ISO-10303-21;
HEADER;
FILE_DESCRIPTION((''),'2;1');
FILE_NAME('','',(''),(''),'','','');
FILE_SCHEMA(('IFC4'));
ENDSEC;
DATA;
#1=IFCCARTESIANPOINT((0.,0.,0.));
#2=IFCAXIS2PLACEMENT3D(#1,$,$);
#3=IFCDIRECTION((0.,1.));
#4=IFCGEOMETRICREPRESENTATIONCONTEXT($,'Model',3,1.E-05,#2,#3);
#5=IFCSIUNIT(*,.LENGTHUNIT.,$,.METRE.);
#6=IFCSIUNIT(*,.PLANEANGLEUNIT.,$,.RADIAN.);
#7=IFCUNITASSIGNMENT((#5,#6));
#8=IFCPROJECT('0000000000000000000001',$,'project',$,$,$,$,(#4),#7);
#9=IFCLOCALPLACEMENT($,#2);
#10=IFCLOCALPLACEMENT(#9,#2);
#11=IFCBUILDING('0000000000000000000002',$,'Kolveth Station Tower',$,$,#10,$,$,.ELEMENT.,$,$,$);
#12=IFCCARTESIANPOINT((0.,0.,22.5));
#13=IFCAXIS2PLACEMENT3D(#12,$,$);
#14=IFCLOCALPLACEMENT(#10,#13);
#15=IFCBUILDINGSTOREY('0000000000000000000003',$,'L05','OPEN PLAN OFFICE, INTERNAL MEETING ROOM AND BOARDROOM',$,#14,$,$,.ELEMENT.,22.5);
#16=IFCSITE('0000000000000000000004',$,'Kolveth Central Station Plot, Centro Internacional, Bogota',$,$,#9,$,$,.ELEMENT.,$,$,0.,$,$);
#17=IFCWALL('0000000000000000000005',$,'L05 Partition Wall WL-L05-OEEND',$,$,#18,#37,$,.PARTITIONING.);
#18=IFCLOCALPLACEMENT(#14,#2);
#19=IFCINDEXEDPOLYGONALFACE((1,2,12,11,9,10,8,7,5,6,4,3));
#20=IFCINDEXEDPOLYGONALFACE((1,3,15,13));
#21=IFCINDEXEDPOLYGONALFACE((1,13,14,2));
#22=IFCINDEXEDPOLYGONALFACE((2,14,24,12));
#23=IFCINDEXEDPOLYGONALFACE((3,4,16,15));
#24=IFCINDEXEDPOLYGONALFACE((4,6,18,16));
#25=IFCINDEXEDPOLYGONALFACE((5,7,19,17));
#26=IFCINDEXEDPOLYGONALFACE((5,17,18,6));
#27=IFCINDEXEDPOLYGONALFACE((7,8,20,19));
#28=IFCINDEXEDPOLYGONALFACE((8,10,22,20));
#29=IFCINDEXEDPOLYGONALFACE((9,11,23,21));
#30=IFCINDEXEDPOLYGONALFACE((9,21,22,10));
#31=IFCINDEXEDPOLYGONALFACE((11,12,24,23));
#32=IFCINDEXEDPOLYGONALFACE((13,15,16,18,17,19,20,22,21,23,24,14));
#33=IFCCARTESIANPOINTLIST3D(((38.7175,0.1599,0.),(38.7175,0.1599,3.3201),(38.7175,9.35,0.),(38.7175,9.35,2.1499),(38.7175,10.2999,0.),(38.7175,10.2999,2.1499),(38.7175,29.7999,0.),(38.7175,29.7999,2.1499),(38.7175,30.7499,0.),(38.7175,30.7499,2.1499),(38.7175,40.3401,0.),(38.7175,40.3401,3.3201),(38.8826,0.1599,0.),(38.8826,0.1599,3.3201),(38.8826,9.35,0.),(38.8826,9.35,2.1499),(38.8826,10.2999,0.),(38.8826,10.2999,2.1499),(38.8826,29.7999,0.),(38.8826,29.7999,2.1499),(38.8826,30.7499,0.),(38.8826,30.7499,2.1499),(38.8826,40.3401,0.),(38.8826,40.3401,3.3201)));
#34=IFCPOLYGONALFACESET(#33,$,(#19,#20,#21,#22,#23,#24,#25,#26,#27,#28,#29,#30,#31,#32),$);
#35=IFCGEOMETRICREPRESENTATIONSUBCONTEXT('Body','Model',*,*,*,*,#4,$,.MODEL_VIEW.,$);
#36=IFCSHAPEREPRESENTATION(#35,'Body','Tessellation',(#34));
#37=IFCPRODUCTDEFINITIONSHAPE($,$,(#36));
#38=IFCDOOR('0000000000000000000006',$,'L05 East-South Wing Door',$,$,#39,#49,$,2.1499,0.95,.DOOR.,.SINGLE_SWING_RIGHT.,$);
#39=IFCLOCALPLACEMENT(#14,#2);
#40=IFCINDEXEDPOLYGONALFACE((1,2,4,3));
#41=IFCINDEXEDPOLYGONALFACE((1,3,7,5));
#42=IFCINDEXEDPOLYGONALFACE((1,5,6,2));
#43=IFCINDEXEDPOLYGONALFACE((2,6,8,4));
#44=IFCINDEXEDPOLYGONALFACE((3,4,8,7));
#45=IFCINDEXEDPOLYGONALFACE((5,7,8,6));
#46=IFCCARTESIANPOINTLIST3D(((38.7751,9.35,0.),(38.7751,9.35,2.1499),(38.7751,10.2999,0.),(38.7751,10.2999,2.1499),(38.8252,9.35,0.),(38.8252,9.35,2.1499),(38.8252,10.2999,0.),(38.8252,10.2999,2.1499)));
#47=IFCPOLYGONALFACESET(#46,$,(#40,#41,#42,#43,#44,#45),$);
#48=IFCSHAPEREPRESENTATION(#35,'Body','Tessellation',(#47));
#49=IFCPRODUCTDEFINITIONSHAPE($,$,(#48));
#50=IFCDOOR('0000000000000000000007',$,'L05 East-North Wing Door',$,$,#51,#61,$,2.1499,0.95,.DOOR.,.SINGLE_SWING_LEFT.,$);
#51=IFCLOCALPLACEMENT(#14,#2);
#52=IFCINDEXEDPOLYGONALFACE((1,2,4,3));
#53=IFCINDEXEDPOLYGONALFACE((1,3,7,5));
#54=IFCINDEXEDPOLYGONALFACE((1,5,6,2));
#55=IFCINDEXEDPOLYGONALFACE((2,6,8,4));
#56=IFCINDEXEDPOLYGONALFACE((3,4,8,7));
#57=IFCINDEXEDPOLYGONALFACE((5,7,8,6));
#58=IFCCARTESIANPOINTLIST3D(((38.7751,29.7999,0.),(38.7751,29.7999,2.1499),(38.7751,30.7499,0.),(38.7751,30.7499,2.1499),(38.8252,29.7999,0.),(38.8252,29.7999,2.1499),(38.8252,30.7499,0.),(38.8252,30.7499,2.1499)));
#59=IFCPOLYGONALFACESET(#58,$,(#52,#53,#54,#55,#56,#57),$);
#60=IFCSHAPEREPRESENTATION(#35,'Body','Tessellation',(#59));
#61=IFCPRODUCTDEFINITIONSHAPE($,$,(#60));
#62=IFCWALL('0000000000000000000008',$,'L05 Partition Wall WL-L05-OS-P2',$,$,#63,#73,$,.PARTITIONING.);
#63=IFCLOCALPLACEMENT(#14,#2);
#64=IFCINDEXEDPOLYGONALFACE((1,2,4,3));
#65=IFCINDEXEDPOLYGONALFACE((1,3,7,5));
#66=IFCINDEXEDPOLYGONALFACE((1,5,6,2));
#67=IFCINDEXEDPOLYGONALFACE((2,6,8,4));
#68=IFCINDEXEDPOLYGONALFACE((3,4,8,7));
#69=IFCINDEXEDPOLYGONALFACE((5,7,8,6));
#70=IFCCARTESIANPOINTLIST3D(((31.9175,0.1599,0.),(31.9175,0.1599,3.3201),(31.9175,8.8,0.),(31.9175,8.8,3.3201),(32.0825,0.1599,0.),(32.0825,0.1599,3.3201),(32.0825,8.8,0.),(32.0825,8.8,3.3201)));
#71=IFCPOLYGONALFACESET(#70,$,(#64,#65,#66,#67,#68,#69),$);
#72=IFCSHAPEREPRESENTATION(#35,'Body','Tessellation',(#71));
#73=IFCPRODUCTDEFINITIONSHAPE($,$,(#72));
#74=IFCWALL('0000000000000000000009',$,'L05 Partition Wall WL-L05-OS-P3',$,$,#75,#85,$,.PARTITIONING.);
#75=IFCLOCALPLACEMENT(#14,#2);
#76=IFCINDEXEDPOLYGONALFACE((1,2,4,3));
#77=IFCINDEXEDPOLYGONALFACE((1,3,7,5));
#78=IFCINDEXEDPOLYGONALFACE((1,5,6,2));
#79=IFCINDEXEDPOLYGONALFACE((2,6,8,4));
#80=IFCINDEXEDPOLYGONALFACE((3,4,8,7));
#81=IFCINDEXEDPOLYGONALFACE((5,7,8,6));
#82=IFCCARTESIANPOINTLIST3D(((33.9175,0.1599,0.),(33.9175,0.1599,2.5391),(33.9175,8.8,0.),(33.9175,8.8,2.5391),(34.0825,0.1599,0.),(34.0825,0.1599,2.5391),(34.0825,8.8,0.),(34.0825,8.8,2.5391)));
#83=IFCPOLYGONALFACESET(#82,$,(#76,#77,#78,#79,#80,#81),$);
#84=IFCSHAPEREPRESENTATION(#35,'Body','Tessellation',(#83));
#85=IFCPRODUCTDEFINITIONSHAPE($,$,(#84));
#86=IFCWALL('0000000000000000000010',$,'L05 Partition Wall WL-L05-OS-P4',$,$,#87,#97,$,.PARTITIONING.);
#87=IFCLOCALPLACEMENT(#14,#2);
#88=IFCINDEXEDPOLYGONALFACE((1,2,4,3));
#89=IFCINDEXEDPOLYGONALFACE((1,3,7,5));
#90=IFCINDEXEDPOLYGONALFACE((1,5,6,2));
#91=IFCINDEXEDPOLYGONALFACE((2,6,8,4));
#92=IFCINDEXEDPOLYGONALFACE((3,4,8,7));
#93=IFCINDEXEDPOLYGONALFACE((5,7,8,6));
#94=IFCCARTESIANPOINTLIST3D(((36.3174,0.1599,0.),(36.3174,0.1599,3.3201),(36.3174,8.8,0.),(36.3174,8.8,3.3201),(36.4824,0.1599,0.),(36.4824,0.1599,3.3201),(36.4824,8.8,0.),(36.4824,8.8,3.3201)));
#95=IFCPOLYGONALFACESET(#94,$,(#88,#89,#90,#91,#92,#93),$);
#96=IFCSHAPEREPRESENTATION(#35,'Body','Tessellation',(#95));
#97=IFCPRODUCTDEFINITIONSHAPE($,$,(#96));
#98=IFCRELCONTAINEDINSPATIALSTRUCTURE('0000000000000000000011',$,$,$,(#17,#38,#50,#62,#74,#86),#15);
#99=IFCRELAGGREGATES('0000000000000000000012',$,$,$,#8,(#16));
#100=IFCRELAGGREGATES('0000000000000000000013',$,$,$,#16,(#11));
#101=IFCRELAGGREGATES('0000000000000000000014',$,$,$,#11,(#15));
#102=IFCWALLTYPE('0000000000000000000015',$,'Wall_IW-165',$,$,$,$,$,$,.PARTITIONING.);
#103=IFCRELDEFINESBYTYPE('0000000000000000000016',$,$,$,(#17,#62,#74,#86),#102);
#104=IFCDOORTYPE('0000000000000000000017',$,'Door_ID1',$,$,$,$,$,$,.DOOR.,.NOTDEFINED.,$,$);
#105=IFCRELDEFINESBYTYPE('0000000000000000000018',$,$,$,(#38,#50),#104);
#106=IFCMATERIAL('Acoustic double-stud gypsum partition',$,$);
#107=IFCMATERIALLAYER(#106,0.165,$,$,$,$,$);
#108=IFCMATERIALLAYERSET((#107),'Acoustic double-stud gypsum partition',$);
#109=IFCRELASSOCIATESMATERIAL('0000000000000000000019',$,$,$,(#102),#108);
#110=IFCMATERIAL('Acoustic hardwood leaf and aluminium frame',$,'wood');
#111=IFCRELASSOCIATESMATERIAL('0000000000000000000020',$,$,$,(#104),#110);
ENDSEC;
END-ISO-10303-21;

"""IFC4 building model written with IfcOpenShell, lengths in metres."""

from ifc_helpers import new_model, si_unit, direction, frame, frame_2d, origin, place, context, subcontext, project, spatial, rectangle, extrude, material, layer, layer_set, type_object, element, fill, save


model = new_model("IFC4")

# Units and contexts
model_context = context("Model", 3, precision=1e-05, world=origin(), true_north=direction((0.0, 1.0)))
body_context = subcontext(model_context, "Body", "Model", "MODEL_VIEW")
ifc_project = project(units=[si_unit("LENGTHUNIT", "METRE"), si_unit("PLANEANGLEUNIT", "RADIAN")], contexts=[model_context])

# Site, building, storey
site_placement = place(None, origin())
site = spatial("IfcSite", under=ifc_project, at=site_placement, Name="Kolveth Central Station Plot, Centro Internacional, Bogota", CompositionType="ELEMENT", RefElevation=0.0)
building_placement = place(site_placement, origin())
building = spatial("IfcBuilding", under=site, at=building_placement, Name="Kolveth Station Tower", CompositionType="ELEMENT")
storey_placement = place(building_placement, frame((0.0, 0.0, 22.5)))
storey = spatial("IfcBuildingStorey", under=building, at=storey_placement, Name="L05", Description="OPEN PLAN OFFICE, INTERNAL MEETING ROOM AND BOARDROOM", CompositionType="ELEMENT", Elevation=22.5)

# Wall, openings, doors
ifc_material_1 = material(Name="Acoustic double-stud gypsum partition")
ifc_layer_1 = layer(ifc_material_1, 0.165)
ifc_layer_set_1 = layer_set([ifc_layer_1], Name="Acoustic double-stud gypsum partition")
wall_type = type_object("IfcWallType", Name="Wall_IW-165", PredefinedType="PARTITIONING", material=ifc_layer_set_1)
wall_1_placement = place(storey_placement, frame((38.8, 0.1599, 0.0), z_axis=(0.0, 0.0, 1.0), x_axis=(0.0, 1.0, 0.0)))
wall_1 = element("IfcWall", 1, at=wall_1_placement, inside=storey, type_object=wall_type, Name="L05 Partition Wall WL-L05-OEEND", PredefinedType="PARTITIONING", context=body_context, shape_type="SweptSolid", body=[
    extrude(rectangle(XDim=40.1802, YDim=0.165, at=frame_2d((20.0901, 0.0))), origin(), (0.0, 0.0, 1.0), 3.3201),
])
opening_1_placement = place(wall_1_placement, frame((9.1899, 0.0, 0.0)))
opening_1 = element("IfcOpeningElement", 2, at=opening_1_placement, cuts=wall_1, PredefinedType="OPENING", context=body_context, shape_type="SweptSolid", body=[
    extrude(rectangle(XDim=0.95, YDim=2.1499, at=frame_2d((0.4751, 1.075))), frame((0.0, 0.0925, 0.0), z_axis=(0.0, -1.0, 0.0), x_axis=(1.0, 0.0, 0.0)), (0.0, 0.0, 1.0), 0.1851),
])
opening_2_placement = place(wall_1_placement, frame((29.6399, 0.0, 0.0)))
opening_2 = element("IfcOpeningElement", 3, at=opening_2_placement, cuts=wall_1, PredefinedType="OPENING", context=body_context, shape_type="SweptSolid", body=[
    extrude(rectangle(XDim=0.95, YDim=2.1499, at=frame_2d((0.4751, 1.075))), frame((0.0, 0.0925, 0.0), z_axis=(0.0, -1.0, 0.0), x_axis=(1.0, 0.0, 0.0)), (0.0, 0.0, 1.0), 0.1851),
])
ifc_material_2 = material(Name="Acoustic hardwood leaf and aluminium frame", Category="wood")
door_type = type_object("IfcDoorType", Name="Door_ID1", OperationType="NOTDEFINED", PredefinedType="DOOR", material=ifc_material_2)
door_1_placement = place(opening_1_placement, origin())
door_1 = element("IfcDoor", 4, at=door_1_placement, inside=storey, type_object=door_type, Name="L05 East-South Wing Door", OperationType="SINGLE_SWING_RIGHT", OverallHeight=2.1499, OverallWidth=0.95, PredefinedType="DOOR", context=body_context, shape_type="SweptSolid", body=[
    extrude(rectangle(XDim=0.95, YDim=2.1499, at=frame_2d((0.4751, 1.075))), frame((0.0, 0.0249, 0.0), z_axis=(0.0, -1.0, 0.0), x_axis=(1.0, 0.0, 0.0)), (0.0, 0.0, 1.0), 0.05),
])
fill(opening_1, door_1)
door_2_placement = place(opening_2_placement, origin())
door_2 = element("IfcDoor", 5, at=door_2_placement, inside=storey, type_object=door_type, Name="L05 East-North Wing Door", OperationType="SINGLE_SWING_LEFT", OverallHeight=2.1499, OverallWidth=0.95, PredefinedType="DOOR", context=body_context, shape_type="SweptSolid", body=[
    extrude(rectangle(XDim=0.95, YDim=2.1499, at=frame_2d((0.4751, 1.075))), frame((0.0, 0.0249, 0.0), z_axis=(0.0, -1.0, 0.0), x_axis=(1.0, 0.0, 0.0)), (0.0, 0.0, 1.0), 0.05),
])
fill(opening_2, door_2)

# Walls
wall_2_placement = place(storey_placement, frame((32.0, 0.1599, 0.0), z_axis=(0.0, 0.0, 1.0), x_axis=(0.0, 1.0, 0.0)))
element("IfcWall", 6, at=wall_2_placement, inside=storey, type_object=wall_type, Name="L05 Partition Wall WL-L05-OS-P2", PredefinedType="PARTITIONING", context=body_context, shape_type="SweptSolid", body=[
    extrude(rectangle(XDim=8.6401, YDim=0.165, at=frame_2d((4.3201, 0.0))), origin(), (0.0, 0.0, 1.0), 3.3201),
])
wall_3_placement = place(storey_placement, frame((34.0, 0.1599, 0.0), z_axis=(0.0, 0.0, 1.0), x_axis=(0.0, 1.0, 0.0)))
element("IfcWall", 7, at=wall_3_placement, inside=storey, type_object=wall_type, Name="L05 Partition Wall WL-L05-OS-P3", PredefinedType="PARTITIONING", context=body_context, shape_type="SweptSolid", body=[
    extrude(rectangle(XDim=8.6401, YDim=0.165, at=frame_2d((4.3201, 0.0))), origin(), (0.0, 0.0, 1.0), 2.5391),
])
wall_4_placement = place(storey_placement, frame((36.3999, 0.1599, 0.0), z_axis=(0.0, 0.0, 1.0), x_axis=(0.0, 1.0, 0.0)))
element("IfcWall", 8, at=wall_4_placement, inside=storey, type_object=wall_type, Name="L05 Partition Wall WL-L05-OS-P4", PredefinedType="PARTITIONING", context=body_context, shape_type="SweptSolid", body=[
    extrude(rectangle(XDim=8.6401, YDim=0.165, at=frame_2d((4.3201, 0.0))), origin(), (0.0, 0.0, 1.0), 3.3201),
])

save(model, "model.ifc")
